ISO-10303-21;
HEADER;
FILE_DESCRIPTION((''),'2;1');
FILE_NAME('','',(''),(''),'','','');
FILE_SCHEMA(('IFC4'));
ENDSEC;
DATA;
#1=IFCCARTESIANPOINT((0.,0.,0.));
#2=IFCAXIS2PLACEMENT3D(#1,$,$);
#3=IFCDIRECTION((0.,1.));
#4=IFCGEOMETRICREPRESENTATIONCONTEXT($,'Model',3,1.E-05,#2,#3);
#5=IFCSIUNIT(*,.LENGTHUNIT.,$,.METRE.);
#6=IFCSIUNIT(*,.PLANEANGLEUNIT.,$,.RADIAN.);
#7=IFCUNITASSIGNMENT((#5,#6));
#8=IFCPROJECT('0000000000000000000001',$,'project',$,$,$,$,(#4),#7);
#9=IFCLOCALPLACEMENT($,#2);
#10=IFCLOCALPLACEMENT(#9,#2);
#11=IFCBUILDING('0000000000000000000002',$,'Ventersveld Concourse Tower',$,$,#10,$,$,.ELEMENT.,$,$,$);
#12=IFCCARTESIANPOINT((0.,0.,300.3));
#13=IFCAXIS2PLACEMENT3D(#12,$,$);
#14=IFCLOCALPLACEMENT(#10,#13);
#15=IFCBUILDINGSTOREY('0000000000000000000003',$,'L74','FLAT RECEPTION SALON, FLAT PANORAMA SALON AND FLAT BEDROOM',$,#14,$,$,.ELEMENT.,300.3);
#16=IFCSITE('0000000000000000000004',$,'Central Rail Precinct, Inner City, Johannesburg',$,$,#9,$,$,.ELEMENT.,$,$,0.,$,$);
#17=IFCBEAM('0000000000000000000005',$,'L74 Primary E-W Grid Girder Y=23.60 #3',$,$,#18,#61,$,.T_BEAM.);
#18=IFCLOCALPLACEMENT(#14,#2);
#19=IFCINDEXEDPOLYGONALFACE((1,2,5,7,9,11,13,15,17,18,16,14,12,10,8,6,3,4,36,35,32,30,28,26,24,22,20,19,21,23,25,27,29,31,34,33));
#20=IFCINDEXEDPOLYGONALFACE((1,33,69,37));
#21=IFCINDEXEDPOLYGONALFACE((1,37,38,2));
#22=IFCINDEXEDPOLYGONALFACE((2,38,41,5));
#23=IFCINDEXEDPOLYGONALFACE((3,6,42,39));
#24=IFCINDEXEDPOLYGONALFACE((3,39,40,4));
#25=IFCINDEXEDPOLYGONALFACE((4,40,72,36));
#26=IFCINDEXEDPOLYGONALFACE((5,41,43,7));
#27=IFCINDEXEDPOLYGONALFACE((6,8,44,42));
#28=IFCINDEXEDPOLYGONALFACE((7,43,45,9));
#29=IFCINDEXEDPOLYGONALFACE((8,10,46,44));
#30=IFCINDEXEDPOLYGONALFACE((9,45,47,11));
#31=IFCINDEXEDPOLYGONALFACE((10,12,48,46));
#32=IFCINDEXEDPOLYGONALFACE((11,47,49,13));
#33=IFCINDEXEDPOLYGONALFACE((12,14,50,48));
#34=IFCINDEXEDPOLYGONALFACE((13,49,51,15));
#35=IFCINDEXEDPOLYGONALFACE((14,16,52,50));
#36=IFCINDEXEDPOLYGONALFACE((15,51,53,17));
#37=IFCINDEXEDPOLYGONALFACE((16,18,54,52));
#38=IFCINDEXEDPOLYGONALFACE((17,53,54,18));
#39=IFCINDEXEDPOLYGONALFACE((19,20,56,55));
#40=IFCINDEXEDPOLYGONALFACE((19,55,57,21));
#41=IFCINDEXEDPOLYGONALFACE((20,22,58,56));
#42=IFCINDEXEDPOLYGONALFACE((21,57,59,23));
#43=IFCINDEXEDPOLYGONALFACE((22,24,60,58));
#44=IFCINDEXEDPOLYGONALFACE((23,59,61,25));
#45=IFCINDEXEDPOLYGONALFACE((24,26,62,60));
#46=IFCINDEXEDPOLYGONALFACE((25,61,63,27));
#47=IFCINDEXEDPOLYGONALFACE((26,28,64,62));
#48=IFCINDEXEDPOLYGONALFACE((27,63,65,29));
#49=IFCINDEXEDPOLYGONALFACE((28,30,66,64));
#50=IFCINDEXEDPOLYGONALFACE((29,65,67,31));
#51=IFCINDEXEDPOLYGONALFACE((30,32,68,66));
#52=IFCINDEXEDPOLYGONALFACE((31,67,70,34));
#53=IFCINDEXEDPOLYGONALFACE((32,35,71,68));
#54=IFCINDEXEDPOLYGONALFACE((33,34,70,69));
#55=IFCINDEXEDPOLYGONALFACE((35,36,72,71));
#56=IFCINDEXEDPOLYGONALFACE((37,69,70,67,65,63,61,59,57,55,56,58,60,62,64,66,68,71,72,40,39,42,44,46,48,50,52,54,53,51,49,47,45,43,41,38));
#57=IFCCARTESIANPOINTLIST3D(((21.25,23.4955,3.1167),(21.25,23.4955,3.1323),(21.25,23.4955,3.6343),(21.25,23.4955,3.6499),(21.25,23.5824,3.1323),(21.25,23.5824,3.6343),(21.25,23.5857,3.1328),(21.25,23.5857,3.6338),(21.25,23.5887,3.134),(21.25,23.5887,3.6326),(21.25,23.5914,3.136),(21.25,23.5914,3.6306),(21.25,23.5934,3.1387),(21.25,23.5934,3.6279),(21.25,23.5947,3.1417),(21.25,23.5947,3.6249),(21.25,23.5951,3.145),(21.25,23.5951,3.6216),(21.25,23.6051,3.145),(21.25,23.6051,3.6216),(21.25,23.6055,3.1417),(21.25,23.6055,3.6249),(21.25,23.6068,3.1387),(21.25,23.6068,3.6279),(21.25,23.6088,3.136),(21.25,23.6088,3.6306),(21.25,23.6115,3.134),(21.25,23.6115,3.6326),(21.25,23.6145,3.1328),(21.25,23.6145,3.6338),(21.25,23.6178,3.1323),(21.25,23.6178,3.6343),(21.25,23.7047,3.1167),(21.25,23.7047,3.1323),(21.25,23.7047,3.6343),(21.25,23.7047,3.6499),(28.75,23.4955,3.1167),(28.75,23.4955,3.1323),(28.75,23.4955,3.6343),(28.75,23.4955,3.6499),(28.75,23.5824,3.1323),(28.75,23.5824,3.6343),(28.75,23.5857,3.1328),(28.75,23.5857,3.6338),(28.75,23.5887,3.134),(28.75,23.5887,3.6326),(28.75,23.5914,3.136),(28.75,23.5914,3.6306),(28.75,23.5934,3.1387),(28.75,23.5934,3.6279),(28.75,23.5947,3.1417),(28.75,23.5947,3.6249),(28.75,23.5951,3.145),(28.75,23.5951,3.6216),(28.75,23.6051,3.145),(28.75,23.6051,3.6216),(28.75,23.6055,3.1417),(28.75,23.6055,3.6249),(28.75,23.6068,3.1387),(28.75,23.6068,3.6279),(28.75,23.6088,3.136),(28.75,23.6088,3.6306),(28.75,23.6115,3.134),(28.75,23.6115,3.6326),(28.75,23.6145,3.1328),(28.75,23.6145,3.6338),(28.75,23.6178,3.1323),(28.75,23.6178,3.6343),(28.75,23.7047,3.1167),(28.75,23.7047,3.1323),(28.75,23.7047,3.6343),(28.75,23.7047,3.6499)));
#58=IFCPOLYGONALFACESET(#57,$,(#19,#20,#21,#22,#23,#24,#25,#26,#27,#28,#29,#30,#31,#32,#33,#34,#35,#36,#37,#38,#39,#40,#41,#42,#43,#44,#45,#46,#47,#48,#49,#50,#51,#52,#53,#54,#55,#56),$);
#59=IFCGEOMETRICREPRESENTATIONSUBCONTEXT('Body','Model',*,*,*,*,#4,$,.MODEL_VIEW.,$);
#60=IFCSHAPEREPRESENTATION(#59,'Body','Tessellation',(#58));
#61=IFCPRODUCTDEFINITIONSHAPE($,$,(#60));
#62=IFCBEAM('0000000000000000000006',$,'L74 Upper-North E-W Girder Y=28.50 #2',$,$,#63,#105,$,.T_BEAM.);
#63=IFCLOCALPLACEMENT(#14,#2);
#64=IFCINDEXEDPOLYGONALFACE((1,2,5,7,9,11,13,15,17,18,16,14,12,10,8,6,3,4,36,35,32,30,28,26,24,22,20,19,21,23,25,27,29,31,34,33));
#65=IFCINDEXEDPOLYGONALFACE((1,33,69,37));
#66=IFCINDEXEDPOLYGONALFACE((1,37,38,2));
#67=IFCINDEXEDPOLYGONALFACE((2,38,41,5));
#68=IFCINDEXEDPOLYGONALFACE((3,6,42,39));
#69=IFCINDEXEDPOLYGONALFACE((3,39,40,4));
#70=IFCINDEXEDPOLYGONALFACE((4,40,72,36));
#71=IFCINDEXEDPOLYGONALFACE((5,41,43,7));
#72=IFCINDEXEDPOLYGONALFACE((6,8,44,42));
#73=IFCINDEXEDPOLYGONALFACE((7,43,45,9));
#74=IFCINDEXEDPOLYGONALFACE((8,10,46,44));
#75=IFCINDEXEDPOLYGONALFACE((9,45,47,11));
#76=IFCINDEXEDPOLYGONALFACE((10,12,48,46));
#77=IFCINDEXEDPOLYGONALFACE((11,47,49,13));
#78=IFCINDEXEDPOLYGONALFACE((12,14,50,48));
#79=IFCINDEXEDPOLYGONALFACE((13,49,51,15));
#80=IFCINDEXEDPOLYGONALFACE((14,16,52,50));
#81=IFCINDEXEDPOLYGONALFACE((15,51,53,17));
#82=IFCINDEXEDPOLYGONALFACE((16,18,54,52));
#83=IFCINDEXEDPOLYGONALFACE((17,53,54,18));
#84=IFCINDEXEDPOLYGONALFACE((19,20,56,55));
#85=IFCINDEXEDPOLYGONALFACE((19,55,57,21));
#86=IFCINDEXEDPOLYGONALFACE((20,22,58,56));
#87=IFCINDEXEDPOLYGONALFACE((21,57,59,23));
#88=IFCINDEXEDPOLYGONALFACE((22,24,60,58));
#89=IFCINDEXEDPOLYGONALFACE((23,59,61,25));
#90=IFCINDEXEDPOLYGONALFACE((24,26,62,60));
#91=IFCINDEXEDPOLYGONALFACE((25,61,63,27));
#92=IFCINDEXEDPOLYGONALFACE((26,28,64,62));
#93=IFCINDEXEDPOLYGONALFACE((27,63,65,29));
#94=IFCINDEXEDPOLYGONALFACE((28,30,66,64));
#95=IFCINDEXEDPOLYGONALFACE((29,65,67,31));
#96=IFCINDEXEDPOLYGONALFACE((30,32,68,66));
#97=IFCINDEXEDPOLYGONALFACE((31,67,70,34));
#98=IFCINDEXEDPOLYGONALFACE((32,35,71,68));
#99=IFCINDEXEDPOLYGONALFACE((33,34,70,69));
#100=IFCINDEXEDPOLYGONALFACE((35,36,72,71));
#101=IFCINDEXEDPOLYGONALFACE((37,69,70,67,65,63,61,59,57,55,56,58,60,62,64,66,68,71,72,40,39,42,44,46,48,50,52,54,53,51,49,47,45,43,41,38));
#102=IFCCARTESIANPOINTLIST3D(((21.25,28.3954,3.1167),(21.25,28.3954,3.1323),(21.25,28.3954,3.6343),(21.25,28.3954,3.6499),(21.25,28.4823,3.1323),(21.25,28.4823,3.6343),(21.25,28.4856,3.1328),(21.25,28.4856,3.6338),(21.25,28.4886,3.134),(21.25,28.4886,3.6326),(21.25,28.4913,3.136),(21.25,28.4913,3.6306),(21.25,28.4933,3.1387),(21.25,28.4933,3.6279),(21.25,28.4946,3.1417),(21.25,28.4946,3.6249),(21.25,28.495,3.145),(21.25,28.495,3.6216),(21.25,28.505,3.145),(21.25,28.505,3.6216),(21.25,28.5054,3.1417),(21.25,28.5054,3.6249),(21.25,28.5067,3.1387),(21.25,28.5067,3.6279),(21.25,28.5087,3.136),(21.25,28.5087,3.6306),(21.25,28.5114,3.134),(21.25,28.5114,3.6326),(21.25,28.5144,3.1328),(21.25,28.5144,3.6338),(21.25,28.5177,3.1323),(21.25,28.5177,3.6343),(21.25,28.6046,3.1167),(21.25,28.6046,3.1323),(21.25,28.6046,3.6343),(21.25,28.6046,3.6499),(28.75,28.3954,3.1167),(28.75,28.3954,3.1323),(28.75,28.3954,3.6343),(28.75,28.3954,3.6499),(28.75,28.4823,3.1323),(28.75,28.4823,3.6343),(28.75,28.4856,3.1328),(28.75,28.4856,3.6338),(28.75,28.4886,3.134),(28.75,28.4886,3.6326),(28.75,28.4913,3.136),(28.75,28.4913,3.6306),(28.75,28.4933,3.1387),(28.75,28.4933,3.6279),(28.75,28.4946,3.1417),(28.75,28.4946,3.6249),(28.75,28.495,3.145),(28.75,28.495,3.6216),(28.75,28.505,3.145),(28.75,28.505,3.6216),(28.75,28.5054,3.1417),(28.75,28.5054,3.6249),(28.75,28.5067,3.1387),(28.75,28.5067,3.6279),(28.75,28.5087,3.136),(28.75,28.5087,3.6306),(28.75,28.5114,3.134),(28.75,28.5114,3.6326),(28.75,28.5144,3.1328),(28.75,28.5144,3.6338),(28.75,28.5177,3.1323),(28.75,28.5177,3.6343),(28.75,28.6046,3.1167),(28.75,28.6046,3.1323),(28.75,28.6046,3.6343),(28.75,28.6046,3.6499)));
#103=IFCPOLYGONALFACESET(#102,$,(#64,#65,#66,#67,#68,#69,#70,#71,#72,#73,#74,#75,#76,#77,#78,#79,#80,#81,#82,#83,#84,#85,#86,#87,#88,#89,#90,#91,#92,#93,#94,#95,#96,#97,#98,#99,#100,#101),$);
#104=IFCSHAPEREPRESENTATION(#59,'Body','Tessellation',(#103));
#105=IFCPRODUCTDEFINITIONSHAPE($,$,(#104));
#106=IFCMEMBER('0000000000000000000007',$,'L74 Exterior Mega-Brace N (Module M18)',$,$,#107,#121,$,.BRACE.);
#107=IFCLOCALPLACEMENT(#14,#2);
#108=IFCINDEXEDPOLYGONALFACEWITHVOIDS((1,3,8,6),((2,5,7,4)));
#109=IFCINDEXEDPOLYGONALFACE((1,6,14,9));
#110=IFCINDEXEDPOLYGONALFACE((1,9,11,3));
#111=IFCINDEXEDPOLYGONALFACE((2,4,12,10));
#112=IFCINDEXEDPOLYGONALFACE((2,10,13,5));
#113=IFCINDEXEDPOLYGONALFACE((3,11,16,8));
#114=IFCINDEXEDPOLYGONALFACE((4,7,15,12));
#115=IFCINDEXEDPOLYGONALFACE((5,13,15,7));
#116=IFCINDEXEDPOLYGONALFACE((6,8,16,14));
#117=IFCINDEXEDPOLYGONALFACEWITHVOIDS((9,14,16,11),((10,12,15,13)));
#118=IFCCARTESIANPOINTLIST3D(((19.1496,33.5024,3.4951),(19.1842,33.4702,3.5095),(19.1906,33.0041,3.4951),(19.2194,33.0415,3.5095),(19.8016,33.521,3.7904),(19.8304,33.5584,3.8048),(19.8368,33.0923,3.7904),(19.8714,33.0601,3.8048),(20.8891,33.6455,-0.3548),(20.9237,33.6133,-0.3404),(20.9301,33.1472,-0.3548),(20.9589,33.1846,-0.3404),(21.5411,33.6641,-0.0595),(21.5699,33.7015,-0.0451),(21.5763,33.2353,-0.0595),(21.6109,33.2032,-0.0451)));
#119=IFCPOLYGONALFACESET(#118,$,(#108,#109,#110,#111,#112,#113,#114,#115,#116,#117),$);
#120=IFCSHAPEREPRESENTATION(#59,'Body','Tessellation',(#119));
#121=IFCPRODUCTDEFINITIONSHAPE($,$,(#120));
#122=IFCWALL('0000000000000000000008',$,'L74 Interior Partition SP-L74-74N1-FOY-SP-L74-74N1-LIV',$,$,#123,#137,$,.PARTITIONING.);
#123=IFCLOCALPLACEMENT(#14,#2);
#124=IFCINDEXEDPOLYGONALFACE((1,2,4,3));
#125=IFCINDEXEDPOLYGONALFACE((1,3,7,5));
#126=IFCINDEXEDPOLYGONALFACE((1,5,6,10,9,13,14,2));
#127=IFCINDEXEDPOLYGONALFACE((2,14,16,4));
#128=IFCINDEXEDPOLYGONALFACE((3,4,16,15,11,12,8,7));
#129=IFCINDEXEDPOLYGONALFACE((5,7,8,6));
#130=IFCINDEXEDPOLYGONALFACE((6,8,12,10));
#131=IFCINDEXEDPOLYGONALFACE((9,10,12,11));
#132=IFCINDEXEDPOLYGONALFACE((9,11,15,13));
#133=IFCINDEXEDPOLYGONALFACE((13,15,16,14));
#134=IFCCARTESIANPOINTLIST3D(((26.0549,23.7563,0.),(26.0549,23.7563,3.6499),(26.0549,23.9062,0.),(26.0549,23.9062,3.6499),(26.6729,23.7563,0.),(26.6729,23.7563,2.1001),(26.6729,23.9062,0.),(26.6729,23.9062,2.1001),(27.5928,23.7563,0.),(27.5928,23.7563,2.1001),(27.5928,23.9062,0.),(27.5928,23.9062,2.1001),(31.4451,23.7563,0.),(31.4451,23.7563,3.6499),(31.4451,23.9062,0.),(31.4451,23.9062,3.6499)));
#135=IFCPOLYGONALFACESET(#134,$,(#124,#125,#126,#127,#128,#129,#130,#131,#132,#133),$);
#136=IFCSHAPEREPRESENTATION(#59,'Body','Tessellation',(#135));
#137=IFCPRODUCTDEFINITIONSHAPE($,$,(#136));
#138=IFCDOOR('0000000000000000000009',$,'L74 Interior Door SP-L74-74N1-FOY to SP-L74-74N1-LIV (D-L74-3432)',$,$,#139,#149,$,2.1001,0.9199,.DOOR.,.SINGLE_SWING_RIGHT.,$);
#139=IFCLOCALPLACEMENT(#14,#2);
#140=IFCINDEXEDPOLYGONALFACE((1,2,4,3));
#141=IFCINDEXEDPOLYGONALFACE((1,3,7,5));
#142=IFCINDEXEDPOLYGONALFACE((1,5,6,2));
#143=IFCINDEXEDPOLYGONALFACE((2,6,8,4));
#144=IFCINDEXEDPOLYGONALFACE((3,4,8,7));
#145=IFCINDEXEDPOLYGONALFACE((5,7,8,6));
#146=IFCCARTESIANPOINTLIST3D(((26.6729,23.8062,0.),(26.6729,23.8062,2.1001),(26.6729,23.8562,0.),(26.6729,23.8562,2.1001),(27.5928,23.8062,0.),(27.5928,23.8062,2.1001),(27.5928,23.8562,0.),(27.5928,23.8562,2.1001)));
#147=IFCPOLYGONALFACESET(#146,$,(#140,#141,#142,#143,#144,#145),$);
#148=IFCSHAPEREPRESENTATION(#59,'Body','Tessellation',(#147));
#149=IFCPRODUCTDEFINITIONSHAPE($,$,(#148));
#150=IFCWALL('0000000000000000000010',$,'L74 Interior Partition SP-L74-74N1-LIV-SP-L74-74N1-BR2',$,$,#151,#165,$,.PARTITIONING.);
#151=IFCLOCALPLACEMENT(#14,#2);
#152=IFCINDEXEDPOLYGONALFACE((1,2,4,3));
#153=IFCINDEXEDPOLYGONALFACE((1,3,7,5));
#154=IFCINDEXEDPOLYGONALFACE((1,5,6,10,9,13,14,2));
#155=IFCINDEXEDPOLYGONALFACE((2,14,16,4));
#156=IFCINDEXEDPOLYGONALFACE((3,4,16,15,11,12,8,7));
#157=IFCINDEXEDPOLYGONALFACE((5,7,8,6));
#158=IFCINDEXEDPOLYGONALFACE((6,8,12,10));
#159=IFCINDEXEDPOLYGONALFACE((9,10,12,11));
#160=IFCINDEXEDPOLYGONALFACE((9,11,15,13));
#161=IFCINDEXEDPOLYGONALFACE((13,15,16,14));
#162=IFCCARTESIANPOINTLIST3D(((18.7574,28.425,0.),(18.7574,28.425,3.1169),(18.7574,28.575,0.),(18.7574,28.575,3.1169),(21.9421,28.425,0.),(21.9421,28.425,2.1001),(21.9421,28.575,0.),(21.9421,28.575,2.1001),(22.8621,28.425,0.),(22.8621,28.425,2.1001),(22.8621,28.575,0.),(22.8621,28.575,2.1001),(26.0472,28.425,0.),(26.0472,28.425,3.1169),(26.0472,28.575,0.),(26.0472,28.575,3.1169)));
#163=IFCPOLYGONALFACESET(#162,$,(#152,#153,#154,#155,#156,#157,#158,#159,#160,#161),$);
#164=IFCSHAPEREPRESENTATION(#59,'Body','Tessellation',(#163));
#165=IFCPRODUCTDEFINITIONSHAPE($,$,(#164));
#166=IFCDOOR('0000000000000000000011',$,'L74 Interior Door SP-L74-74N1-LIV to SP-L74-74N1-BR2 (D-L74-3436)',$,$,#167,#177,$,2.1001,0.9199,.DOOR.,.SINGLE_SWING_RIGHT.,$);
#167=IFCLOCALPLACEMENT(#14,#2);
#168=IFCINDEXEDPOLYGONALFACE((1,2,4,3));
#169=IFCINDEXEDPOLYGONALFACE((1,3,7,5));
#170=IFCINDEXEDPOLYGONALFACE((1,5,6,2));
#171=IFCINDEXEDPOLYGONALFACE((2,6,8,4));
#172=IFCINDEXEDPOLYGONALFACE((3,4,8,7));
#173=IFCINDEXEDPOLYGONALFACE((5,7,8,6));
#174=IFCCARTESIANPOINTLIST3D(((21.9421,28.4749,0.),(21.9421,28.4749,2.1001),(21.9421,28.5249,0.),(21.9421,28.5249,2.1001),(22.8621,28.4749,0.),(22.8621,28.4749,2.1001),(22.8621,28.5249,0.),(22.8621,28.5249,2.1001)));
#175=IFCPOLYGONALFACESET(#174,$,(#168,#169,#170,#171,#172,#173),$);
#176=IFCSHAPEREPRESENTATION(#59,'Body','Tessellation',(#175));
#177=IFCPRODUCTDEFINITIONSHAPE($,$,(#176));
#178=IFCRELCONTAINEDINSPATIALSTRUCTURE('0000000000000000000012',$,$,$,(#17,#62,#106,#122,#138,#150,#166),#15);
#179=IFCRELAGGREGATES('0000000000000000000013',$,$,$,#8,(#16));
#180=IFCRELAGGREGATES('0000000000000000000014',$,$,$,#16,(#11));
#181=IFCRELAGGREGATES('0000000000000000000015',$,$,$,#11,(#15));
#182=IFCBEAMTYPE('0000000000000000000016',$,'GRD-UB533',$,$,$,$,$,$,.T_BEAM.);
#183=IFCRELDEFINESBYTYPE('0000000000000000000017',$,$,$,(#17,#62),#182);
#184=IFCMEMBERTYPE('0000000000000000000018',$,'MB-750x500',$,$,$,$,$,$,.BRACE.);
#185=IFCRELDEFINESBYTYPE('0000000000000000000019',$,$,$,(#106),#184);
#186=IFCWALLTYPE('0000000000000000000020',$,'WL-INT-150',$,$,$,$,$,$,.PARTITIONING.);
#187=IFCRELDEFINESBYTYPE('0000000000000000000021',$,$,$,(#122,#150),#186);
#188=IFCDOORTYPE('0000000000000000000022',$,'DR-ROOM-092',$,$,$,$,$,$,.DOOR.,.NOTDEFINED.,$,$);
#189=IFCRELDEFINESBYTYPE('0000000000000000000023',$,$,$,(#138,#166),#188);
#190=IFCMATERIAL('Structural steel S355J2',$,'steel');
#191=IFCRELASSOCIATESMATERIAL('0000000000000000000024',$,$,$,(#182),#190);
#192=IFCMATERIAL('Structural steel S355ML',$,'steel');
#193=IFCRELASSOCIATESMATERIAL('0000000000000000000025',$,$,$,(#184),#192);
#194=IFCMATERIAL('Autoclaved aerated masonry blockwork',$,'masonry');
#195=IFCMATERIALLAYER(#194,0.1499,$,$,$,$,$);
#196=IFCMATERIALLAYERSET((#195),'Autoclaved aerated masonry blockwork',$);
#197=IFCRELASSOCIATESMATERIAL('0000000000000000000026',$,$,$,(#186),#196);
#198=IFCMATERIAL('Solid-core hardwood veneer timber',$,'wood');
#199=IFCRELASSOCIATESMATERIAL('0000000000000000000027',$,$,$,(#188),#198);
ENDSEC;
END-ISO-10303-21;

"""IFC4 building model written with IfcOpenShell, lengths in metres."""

from ifc_helpers import new_model, si_unit, direction, frame, frame_2d, origin, origin_2d, place, context, subcontext, project, spatial, rectangle, hollow_rectangle, i_section, extrude, material, layer, layer_set, material_profile, profile_set, type_object, element, fill, save


model = new_model("IFC4")

# Units and contexts
model_context = context("Model", 3, precision=1e-05, world=origin(), true_north=direction((0.0, 1.0)))
body_context = subcontext(model_context, "Body", "Model", "MODEL_VIEW")
ifc_project = project(units=[si_unit("LENGTHUNIT", "METRE"), si_unit("PLANEANGLEUNIT", "RADIAN")], contexts=[model_context])

# Site, building, storey
site_placement = place(None, origin())
site = spatial("IfcSite", under=ifc_project, at=site_placement, Name="Central Rail Precinct, Inner City, Johannesburg", CompositionType="ELEMENT", RefElevation=0.0)
building_placement = place(site_placement, origin())
building = spatial("IfcBuilding", under=site, at=building_placement, Name="Ventersveld Concourse Tower", CompositionType="ELEMENT")
storey_placement = place(building_placement, frame((0.0, 0.0, 300.3)))
storey = spatial("IfcBuildingStorey", under=building, at=storey_placement, Name="L74", Description="FLAT RECEPTION SALON, FLAT PANORAMA SALON AND FLAT BEDROOM", CompositionType="ELEMENT", Elevation=300.3)

# Beams
ifc_material_1 = material(Name="Structural steel S355J2", Category="steel")
ifc_material_profile_1 = material_profile(ifc_material_1, i_section(OverallWidth=0.2092, OverallDepth=0.5332, WebThickness=0.01, FlangeThickness=0.0156, FilletRadius=0.0127, at=origin_2d()), Name="UB 533x210x92")
ifc_profile_set_1 = profile_set([ifc_material_profile_1], Name="Structural steel S355J2")
beam_type_1 = type_object("IfcBeamType", Name="GRD-UB533", PredefinedType="T_BEAM", material=ifc_profile_set_1)
for number, where, z_axis, x_axis, name in (
    (1, (21.25, 23.6001, 3.3833), (1.0, 0.0, 0.0), (0.0, 1.0, 0.0), "L74 Primary E-W Grid Girder Y=23.60 #3"),
    (2, (21.25, 28.5, 3.3833), (1.0, 0.0, 0.0), (0.0, 1.0, 0.0), "L74 Upper-North E-W Girder Y=28.50 #2"),
):
    element("IfcBeam", number, at=place(storey_placement, frame(where, z_axis=z_axis, x_axis=x_axis)), inside=storey, type_object=beam_type_1, Name=name, PredefinedType="T_BEAM", context=body_context, shape_type="SweptSolid", body=[
        extrude(i_section(OverallWidth=0.2092, OverallDepth=0.5332, WebThickness=0.01, FlangeThickness=0.0156, FilletRadius=0.0127, at=origin_2d()), origin(), (0.0, 0.0, 1.0), 7.5),
    ])

# Member
ifc_material_2 = material(Name="Structural steel S355ML", Category="steel")
ifc_material_profile_2 = material_profile(ifc_material_2, hollow_rectangle(XDim=0.5, YDim=0.75, WallThickness=0.0349, at=origin_2d()), Name="BOX 750x500x35")
ifc_profile_set_2 = profile_set([ifc_material_profile_2], Name="Structural steel S355ML")
member_type = type_object("IfcMemberType", Name="MB-750x500", PredefinedType="BRACE", material=ifc_profile_set_2)
member_placement = place(storey_placement, frame((21.25, 33.4243, -0.2), z_axis=(-0.41152, -0.033846, 0.910772), x_axis=(0.081969, -0.996635, 0.0)))
element("IfcMember", 3, at=member_placement, inside=storey, type_object=member_type, Name="L74 Exterior Mega-Brace N (Module M18)", PredefinedType="BRACE", context=body_context, shape_type="SweptSolid", body=[
    extrude(hollow_rectangle(XDim=0.5, YDim=0.75, WallThickness=0.0349, at=origin_2d()), origin(), (0.0, 0.0, 1.0), 4.2271),
])

# Walls, openings, doors
ifc_material_3 = material(Name="Autoclaved aerated masonry blockwork", Category="masonry")
ifc_layer = layer(ifc_material_3, 0.1499)
ifc_layer_set = layer_set([ifc_layer], Name="Autoclaved aerated masonry blockwork")
wall_type = type_object("IfcWallType", Name="WL-INT-150", PredefinedType="PARTITIONING", material=ifc_layer_set)
wall_1_placement = place(storey_placement, frame((26.0549, 23.8313, 0.0), z_axis=(0.0, 0.0, 1.0), x_axis=(1.0, 0.0, 0.0)))
wall_1 = element("IfcWall", 4, at=wall_1_placement, inside=storey, type_object=wall_type, Name="L74 Interior Partition SP-L74-74N1-FOY-SP-L74-74N1-LIV", PredefinedType="PARTITIONING", context=body_context, shape_type="SweptSolid", body=[
    extrude(rectangle(XDim=5.3901, YDim=0.1499, at=frame_2d((2.6951, 0.0))), origin(), (0.0, 0.0, 1.0), 3.6499),
])
opening_1_placement = place(wall_1_placement, frame((0.6179, 0.0, 0.0)))
opening_1 = element("IfcOpeningElement", 5, at=opening_1_placement, cuts=wall_1, PredefinedType="OPENING", context=body_context, shape_type="SweptSolid", body=[
    extrude(rectangle(XDim=0.9199, YDim=2.1001, at=frame_2d((0.46, 1.05))), frame((0.0, 0.085, 0.0), z_axis=(0.0, -1.0, 0.0), x_axis=(1.0, 0.0, 0.0)), (0.0, 0.0, 1.0), 0.1699),
])
ifc_material_4 = material(Name="Solid-core hardwood veneer timber", Category="wood")
door_type = type_object("IfcDoorType", Name="DR-ROOM-092", OperationType="NOTDEFINED", PredefinedType="DOOR", material=ifc_material_4)
door_1_placement = place(opening_1_placement, origin())
door_1 = element("IfcDoor", 6, at=door_1_placement, inside=storey, type_object=door_type, Name="L74 Interior Door SP-L74-74N1-FOY to SP-L74-74N1-LIV (D-L74-3432)", OperationType="SINGLE_SWING_RIGHT", OverallHeight=2.1001, OverallWidth=0.9199, PredefinedType="DOOR", context=body_context, shape_type="SweptSolid", body=[
    extrude(rectangle(XDim=0.9199, YDim=2.1001, at=frame_2d((0.46, 1.05))), frame((0.0, 0.0249, 0.0), z_axis=(0.0, -1.0, 0.0), x_axis=(1.0, 0.0, 0.0)), (0.0, 0.0, 1.0), 0.05),
])
fill(opening_1, door_1)
wall_2_placement = place(storey_placement, frame((18.7573, 28.5, 0.0), z_axis=(0.0, 0.0, 1.0), x_axis=(1.0, 0.0, 0.0)))
wall_2 = element("IfcWall", 7, at=wall_2_placement, inside=storey, type_object=wall_type, Name="L74 Interior Partition SP-L74-74N1-LIV-SP-L74-74N1-BR2", PredefinedType="PARTITIONING", context=body_context, shape_type="SweptSolid", body=[
    extrude(rectangle(XDim=7.2898, YDim=0.1499, at=frame_2d((3.645, 0.0))), origin(), (0.0, 0.0, 1.0), 3.1169),
])
opening_2_placement = place(wall_2_placement, frame((3.1848, 0.0, 0.0)))
opening_2 = element("IfcOpeningElement", 8, at=opening_2_placement, cuts=wall_2, PredefinedType="OPENING", context=body_context, shape_type="SweptSolid", body=[
    extrude(rectangle(XDim=0.9199, YDim=2.1001, at=frame_2d((0.46, 1.05))), frame((0.0, 0.085, 0.0), z_axis=(0.0, -1.0, 0.0), x_axis=(1.0, 0.0, 0.0)), (0.0, 0.0, 1.0), 0.1699),
])
door_2_placement = place(opening_2_placement, origin())
door_2 = element("IfcDoor", 9, at=door_2_placement, inside=storey, type_object=door_type, Name="L74 Interior Door SP-L74-74N1-LIV to SP-L74-74N1-BR2 (D-L74-3436)", OperationType="SINGLE_SWING_RIGHT", OverallHeight=2.1001, OverallWidth=0.9199, PredefinedType="DOOR", context=body_context, shape_type="SweptSolid", body=[
    extrude(rectangle(XDim=0.9199, YDim=2.1001, at=frame_2d((0.46, 1.05))), frame((0.0, 0.0249, 0.0), z_axis=(0.0, -1.0, 0.0), x_axis=(1.0, 0.0, 0.0)), (0.0, 0.0, 1.0), 0.05),
])
fill(opening_2, door_2)

save(model, "model.ifc")
